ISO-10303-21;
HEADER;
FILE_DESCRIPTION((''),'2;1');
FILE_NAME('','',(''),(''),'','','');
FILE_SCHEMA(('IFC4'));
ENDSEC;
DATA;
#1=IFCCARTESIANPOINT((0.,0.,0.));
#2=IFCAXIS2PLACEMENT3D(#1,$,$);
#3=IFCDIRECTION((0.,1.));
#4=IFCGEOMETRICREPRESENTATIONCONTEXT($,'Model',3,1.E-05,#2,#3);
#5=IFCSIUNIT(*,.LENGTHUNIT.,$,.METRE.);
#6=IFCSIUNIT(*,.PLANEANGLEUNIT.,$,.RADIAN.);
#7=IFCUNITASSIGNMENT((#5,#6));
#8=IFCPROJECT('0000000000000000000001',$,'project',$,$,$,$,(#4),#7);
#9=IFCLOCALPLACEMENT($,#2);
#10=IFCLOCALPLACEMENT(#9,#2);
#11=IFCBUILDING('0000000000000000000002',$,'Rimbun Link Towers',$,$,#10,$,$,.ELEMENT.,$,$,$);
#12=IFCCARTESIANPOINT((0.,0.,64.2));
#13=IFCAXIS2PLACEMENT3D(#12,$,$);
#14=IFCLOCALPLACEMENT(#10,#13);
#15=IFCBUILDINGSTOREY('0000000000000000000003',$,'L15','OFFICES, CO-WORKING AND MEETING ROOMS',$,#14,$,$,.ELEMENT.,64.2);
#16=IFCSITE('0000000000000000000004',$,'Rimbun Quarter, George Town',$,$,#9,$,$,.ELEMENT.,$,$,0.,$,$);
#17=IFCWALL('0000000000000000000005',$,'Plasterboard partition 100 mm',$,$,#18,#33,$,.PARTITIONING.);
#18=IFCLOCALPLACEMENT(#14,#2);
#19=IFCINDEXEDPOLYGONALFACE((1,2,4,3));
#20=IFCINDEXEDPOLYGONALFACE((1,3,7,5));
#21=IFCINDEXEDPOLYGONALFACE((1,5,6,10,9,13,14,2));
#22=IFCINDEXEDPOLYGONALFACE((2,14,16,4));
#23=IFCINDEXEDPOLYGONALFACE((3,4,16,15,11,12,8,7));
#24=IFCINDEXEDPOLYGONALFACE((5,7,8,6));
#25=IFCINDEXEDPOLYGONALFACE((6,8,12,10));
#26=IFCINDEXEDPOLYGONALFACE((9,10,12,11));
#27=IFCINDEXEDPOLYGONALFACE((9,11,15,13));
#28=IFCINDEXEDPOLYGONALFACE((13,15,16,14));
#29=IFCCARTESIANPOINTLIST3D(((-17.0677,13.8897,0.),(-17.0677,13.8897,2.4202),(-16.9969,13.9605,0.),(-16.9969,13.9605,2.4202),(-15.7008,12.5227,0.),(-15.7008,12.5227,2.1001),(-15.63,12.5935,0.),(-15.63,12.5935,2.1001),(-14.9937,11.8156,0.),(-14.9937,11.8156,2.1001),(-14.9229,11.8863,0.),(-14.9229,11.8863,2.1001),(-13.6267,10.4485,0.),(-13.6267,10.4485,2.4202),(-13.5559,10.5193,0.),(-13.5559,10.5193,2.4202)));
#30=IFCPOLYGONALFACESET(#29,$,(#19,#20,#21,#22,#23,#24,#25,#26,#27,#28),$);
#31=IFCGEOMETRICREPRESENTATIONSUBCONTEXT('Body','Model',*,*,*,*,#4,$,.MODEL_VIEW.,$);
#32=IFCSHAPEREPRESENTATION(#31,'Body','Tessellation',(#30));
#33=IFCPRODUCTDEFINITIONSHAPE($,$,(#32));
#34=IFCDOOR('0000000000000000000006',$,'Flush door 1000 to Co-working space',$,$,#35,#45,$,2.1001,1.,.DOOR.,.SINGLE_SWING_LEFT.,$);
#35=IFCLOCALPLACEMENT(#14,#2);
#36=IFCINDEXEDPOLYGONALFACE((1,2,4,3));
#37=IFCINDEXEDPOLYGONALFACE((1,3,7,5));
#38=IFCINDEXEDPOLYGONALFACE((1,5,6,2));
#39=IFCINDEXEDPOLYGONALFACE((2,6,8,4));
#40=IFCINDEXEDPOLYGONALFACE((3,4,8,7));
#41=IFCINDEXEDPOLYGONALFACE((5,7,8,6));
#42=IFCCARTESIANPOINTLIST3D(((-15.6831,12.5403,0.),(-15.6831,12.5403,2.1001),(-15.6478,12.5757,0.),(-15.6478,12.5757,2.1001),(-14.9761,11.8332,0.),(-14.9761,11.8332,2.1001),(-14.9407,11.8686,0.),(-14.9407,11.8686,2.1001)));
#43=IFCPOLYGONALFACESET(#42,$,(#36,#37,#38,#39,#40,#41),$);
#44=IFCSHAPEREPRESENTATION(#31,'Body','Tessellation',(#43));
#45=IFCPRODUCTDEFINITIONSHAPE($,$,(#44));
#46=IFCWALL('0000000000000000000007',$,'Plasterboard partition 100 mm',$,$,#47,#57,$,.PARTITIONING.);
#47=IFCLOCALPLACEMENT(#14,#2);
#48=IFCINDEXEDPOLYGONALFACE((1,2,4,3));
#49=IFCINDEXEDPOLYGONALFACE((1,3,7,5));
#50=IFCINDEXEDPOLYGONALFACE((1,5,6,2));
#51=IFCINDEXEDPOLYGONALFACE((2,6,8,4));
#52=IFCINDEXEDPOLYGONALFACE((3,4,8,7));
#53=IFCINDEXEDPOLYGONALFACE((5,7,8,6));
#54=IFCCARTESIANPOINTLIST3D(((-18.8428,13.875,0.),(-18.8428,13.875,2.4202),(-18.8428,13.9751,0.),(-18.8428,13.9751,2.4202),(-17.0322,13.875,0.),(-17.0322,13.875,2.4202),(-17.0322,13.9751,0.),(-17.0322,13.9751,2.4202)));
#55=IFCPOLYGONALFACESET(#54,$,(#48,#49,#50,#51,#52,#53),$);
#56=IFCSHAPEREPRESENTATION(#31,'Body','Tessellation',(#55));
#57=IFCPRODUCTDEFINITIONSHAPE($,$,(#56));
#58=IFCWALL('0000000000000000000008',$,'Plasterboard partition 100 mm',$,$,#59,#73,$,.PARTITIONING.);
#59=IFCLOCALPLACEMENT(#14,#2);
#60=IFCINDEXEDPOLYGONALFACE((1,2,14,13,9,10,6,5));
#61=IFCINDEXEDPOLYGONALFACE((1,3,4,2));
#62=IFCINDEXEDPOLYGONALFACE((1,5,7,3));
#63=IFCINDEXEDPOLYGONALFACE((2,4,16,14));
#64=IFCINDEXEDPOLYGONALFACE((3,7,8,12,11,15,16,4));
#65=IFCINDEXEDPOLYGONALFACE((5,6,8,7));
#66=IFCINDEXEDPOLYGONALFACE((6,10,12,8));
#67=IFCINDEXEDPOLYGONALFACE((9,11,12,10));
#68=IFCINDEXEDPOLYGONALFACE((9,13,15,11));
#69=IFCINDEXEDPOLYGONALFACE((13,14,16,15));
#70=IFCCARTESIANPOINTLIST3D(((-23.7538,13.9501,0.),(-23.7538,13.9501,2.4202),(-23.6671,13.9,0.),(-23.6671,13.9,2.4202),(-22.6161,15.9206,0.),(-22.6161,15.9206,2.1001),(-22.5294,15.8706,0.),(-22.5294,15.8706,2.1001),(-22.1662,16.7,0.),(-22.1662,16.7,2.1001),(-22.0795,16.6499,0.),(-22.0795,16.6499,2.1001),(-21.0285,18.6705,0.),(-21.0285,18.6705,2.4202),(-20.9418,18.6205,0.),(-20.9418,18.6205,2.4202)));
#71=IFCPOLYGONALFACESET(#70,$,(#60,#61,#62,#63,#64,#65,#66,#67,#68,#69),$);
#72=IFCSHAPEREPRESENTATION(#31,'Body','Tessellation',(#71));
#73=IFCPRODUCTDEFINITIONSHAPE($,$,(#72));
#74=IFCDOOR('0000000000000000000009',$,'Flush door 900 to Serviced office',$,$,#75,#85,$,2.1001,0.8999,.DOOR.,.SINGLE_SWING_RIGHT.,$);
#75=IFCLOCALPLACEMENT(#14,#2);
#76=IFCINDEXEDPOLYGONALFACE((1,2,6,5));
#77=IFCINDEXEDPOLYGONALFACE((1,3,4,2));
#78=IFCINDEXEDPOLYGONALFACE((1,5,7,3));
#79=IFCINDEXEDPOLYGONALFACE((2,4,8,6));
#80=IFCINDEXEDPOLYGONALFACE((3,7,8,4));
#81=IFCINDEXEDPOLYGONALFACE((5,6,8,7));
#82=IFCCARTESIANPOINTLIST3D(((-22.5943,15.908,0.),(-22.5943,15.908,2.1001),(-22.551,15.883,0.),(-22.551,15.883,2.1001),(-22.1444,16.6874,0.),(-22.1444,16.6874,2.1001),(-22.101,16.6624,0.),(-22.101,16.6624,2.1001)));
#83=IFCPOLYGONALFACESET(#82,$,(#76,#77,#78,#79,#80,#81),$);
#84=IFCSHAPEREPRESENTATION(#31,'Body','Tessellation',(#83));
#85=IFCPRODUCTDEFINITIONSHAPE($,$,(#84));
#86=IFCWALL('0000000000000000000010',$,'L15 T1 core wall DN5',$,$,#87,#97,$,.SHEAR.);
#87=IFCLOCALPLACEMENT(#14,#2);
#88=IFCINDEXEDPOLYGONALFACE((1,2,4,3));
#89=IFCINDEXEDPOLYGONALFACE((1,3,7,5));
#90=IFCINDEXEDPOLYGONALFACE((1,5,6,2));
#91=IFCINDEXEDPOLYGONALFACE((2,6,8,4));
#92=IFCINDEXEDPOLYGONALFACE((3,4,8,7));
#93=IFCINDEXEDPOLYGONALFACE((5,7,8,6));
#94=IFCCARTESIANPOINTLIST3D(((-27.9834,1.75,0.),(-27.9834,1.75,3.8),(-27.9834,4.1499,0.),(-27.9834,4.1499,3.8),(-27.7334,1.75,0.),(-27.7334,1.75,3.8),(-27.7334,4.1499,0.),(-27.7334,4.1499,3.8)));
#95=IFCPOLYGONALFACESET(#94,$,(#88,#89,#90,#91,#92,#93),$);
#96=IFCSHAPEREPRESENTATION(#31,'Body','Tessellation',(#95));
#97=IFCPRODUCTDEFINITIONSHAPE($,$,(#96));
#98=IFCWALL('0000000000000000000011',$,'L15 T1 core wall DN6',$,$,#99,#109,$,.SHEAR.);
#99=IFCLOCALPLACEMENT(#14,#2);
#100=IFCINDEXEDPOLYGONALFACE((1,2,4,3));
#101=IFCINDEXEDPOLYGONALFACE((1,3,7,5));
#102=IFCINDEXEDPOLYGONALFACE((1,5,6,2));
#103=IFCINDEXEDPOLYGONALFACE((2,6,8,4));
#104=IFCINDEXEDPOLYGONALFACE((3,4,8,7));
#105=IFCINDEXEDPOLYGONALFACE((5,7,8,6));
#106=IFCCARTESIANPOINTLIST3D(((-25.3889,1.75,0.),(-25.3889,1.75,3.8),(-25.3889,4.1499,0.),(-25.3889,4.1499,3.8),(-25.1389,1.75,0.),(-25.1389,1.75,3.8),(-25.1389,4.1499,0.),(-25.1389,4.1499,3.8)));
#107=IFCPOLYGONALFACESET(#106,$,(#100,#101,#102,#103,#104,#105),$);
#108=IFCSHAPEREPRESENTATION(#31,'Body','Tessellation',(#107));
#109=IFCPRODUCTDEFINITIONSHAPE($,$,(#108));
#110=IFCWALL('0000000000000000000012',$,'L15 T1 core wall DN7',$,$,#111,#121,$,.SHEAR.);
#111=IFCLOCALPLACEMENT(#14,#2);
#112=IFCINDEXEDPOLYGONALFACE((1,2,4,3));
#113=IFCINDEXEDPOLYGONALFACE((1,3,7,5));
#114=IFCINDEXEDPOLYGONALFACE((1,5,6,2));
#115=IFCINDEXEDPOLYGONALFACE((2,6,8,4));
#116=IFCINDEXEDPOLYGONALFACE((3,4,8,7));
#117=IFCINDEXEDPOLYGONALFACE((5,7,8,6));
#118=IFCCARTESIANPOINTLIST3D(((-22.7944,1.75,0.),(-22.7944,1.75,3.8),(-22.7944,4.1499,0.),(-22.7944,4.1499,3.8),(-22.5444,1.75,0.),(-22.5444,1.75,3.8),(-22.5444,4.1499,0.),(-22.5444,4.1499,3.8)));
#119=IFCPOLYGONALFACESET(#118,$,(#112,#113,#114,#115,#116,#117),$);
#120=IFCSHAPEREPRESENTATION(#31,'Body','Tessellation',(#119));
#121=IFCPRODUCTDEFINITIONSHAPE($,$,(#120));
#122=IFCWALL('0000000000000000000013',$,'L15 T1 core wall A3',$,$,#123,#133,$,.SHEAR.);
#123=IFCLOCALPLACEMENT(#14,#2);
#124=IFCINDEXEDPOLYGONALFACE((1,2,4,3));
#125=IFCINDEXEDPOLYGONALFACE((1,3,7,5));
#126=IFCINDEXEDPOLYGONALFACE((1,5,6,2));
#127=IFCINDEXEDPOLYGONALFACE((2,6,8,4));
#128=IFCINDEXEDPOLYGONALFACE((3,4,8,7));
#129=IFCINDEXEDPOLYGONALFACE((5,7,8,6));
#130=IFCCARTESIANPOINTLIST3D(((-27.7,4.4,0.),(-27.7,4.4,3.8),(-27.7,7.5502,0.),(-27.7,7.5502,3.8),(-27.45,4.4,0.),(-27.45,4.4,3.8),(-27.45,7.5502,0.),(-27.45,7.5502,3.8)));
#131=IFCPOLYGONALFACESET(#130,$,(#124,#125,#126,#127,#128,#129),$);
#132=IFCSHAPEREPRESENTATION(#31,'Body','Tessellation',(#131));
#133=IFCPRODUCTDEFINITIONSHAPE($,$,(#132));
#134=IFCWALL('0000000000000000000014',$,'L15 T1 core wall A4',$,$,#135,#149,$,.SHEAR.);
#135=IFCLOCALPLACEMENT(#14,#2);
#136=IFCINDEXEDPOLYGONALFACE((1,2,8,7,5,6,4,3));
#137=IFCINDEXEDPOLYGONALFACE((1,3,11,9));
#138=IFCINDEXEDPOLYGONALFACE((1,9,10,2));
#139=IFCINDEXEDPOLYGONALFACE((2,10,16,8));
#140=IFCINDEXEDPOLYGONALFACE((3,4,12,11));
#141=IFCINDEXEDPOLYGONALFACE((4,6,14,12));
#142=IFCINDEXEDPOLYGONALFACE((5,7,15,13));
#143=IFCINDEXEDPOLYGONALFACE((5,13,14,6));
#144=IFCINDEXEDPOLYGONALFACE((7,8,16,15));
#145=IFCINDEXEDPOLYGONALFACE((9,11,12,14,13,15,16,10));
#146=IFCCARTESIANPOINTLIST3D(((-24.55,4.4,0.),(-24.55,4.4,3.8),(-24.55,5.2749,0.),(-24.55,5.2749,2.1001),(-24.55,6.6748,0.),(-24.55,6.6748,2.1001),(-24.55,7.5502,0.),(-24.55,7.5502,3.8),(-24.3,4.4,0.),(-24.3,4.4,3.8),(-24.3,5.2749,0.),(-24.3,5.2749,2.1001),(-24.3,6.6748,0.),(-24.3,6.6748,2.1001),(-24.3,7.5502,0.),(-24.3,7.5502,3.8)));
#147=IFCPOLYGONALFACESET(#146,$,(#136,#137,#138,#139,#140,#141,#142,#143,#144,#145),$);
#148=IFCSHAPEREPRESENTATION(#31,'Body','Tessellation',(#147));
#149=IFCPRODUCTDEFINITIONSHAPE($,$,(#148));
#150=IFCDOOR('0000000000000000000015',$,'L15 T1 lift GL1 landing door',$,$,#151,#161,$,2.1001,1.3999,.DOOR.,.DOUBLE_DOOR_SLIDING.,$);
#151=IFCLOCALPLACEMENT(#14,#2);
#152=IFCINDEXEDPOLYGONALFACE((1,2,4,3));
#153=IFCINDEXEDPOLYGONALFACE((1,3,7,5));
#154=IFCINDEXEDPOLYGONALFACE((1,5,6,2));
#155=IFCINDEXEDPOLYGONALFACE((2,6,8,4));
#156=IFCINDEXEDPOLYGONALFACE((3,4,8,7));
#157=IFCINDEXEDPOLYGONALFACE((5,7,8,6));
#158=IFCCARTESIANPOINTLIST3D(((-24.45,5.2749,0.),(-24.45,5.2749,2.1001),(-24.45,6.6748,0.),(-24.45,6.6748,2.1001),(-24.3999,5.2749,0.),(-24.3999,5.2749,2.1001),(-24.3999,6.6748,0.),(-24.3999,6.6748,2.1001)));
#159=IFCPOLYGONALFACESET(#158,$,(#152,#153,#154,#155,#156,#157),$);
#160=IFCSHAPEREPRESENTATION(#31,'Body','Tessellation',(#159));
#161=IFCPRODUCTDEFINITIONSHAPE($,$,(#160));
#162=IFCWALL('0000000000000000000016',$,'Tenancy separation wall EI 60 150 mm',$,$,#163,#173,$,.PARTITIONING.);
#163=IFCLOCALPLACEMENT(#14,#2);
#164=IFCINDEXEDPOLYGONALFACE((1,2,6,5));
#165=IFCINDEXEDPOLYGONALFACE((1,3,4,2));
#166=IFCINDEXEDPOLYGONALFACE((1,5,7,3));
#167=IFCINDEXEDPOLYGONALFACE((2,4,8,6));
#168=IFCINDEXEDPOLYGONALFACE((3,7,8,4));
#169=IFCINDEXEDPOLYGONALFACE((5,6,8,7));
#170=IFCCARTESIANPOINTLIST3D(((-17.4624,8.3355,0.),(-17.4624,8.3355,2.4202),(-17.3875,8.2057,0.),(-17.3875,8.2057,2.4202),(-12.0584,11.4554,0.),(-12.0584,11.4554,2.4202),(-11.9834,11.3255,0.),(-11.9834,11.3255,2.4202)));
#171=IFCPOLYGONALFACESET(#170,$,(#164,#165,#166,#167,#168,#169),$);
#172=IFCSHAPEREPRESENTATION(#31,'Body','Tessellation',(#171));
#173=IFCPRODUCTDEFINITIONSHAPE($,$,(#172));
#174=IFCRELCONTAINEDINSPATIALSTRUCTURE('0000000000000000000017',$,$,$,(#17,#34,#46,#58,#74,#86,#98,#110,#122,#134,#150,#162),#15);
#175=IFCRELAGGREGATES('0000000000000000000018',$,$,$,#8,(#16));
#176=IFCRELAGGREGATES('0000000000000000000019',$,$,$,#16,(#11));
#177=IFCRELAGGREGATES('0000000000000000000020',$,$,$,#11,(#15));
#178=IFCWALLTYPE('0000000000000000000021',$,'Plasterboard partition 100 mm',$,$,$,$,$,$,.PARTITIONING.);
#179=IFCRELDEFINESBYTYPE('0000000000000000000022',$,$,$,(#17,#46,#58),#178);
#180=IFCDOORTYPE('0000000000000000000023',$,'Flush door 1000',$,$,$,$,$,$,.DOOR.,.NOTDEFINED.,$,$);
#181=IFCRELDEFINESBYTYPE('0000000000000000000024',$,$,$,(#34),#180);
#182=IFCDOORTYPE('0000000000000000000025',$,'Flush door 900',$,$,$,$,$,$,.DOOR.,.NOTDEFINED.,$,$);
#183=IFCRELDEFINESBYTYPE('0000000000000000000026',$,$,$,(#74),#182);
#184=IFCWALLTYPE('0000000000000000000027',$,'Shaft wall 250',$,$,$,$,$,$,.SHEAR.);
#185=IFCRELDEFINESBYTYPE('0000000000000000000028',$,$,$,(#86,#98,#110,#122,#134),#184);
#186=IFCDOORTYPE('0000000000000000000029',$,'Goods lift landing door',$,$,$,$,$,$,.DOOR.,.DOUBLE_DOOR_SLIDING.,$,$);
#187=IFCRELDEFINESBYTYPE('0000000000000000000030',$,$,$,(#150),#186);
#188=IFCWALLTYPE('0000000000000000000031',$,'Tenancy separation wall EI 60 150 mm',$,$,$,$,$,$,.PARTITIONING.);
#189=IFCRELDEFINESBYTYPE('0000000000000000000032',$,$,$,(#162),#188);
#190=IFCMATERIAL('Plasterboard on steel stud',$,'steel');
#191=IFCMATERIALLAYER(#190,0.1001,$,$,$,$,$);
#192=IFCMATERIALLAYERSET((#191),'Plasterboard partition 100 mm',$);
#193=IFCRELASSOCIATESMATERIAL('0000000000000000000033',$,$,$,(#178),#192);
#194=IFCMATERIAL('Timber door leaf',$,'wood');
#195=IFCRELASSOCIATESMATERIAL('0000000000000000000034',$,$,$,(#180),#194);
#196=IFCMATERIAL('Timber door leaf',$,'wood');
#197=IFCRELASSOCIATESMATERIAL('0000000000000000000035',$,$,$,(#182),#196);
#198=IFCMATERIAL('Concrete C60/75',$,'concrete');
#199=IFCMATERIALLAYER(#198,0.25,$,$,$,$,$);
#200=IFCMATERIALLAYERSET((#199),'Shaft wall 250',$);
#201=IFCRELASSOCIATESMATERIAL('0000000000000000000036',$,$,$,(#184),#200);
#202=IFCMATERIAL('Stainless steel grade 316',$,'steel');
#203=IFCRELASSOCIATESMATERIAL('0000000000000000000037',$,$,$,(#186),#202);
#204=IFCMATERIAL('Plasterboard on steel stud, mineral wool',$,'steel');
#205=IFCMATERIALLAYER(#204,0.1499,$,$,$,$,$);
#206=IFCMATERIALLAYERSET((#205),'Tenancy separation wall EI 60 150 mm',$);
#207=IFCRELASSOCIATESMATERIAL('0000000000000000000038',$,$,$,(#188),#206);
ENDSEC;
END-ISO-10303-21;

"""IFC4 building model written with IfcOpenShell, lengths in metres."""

from ifc_helpers import new_model, si_unit, direction, frame, frame_2d, origin, place, context, subcontext, project, spatial, rectangle, extrude, material, layer, layer_set, type_object, element, fill, save


model = new_model("IFC4")

# Units and contexts
model_context = context("Model", 3, precision=1e-05, world=origin(), true_north=direction((0.0, 1.0)))
body_context = subcontext(model_context, "Body", "Model", "MODEL_VIEW")
ifc_project = project(units=[si_unit("LENGTHUNIT", "METRE"), si_unit("PLANEANGLEUNIT", "RADIAN")], contexts=[model_context])

# Site, building, storey
site_placement = place(None, origin())
site = spatial("IfcSite", under=ifc_project, at=site_placement, Name="Rimbun Quarter, George Town", CompositionType="ELEMENT", RefElevation=0.0)
building_placement = place(site_placement, origin())
building = spatial("IfcBuilding", under=site, at=building_placement, Name="Rimbun Link Towers", CompositionType="ELEMENT")
storey_placement = place(building_placement, frame((0.0, 0.0, 64.2)))
storey = spatial("IfcBuildingStorey", under=building, at=storey_placement, Name="L15", Description="OFFICES, CO-WORKING AND MEETING ROOMS", CompositionType="ELEMENT", Elevation=64.2)

# Wall, opening, door
ifc_material_1 = material(Name="Plasterboard on steel stud", Category="steel")
ifc_layer_1 = layer(ifc_material_1, 0.1001)
ifc_layer_set_1 = layer_set([ifc_layer_1], Name="Plasterboard partition 100 mm")
wall_type_1 = type_object("IfcWallType", Name="Plasterboard partition 100 mm", PredefinedType="PARTITIONING", material=ifc_layer_set_1)
wall_1_placement = place(storey_placement, frame((-17.0322, 13.925, 0.0), z_axis=(0.0, 0.0, 1.0), x_axis=(0.707082, -0.707132, 0.0)))
wall_1 = element("IfcWall", 1, at=wall_1_placement, inside=storey, type_object=wall_type_1, Name="Plasterboard partition 100 mm", PredefinedType="PARTITIONING", context=body_context, shape_type="SweptSolid", body=[
    extrude(rectangle(XDim=4.8665, YDim=0.1001, at=frame_2d((2.4331, 0.0))), origin(), (0.0, 0.0, 1.0), 2.4202),
])
opening_1_placement = place(wall_1_placement, frame((1.9331, 0.0, 0.0)))
opening_1 = element("IfcOpeningElement", 2, at=opening_1_placement, cuts=wall_1, PredefinedType="OPENING", context=body_context, shape_type="SweptSolid", body=[
    extrude(rectangle(XDim=1.0, YDim=2.1001, at=frame_2d((0.5, 1.05))), frame((0.0, 0.0601, 0.0), z_axis=(0.0, -1.0, 0.0), x_axis=(1.0, 0.0, 0.0)), (0.0, 0.0, 1.0), 0.1201),
])
ifc_material_2 = material(Name="Timber door leaf", Category="wood")
door_type_1 = type_object("IfcDoorType", Name="Flush door 1000", OperationType="NOTDEFINED", PredefinedType="DOOR", material=ifc_material_2)
door_1_placement = place(opening_1_placement, origin())
door_1 = element("IfcDoor", 3, at=door_1_placement, inside=storey, type_object=door_type_1, Name="Flush door 1000 to Co-working space", OperationType="SINGLE_SWING_LEFT", OverallHeight=2.1001, OverallWidth=1.0, PredefinedType="DOOR", context=body_context, shape_type="SweptSolid", body=[
    extrude(rectangle(XDim=1.0, YDim=2.1001, at=frame_2d((0.5, 1.05))), frame((0.0, 0.0249, 0.0), z_axis=(0.0, -1.0, 0.0), x_axis=(1.0, 0.0, 0.0)), (0.0, 0.0, 1.0), 0.05),
])
fill(opening_1, door_1)

# Wall
wall_2_placement = place(storey_placement, frame((-17.0322, 13.925, 0.0), z_axis=(0.0, 0.0, 1.0), x_axis=(-1.0, 0.0, 0.0)))
element("IfcWall", 4, at=wall_2_placement, inside=storey, type_object=wall_type_1, Name="Plasterboard partition 100 mm", PredefinedType="PARTITIONING", context=body_context, shape_type="SweptSolid", body=[
    extrude(rectangle(XDim=1.8105, YDim=0.1001, at=frame_2d((0.9053, 0.0))), origin(), (0.0, 0.0, 1.0), 2.4202),
])

# Wall, opening, door
wall_3_placement = place(storey_placement, frame((-23.7104, 13.925, 0.0), z_axis=(0.0, 0.0, 1.0), x_axis=(0.499998, 0.866027, 0.0)))
wall_3 = element("IfcWall", 5, at=wall_3_placement, inside=storey, type_object=wall_type_1, Name="Plasterboard partition 100 mm", PredefinedType="PARTITIONING", context=body_context, shape_type="SweptSolid", body=[
    extrude(rectangle(XDim=5.4507, YDim=0.1001, at=frame_2d((2.7253, 0.0))), origin(), (0.0, 0.0, 1.0), 2.4202),
])
opening_2_placement = place(wall_3_placement, frame((2.2754, 0.0, 0.0)))
opening_2 = element("IfcOpeningElement", 6, at=opening_2_placement, cuts=wall_3, PredefinedType="OPENING", context=body_context, shape_type="SweptSolid", body=[
    extrude(rectangle(XDim=0.8999, YDim=2.1001, at=frame_2d((0.45, 1.05))), frame((0.0, 0.0601, 0.0), z_axis=(0.0, -1.0, 0.0), x_axis=(1.0, 0.0, 0.0)), (0.0, 0.0, 1.0), 0.1201),
])
ifc_material_3 = material(Name="Timber door leaf", Category="wood")
door_type_2 = type_object("IfcDoorType", Name="Flush door 900", OperationType="NOTDEFINED", PredefinedType="DOOR", material=ifc_material_3)
door_2_placement = place(opening_2_placement, origin())
door_2 = element("IfcDoor", 7, at=door_2_placement, inside=storey, type_object=door_type_2, Name="Flush door 900 to Serviced office", OperationType="SINGLE_SWING_RIGHT", OverallHeight=2.1001, OverallWidth=0.8999, PredefinedType="DOOR", context=body_context, shape_type="SweptSolid", body=[
    extrude(rectangle(XDim=0.8999, YDim=2.1001, at=frame_2d((0.45, 1.05))), frame((0.0, 0.0249, 0.0), z_axis=(0.0, -1.0, 0.0), x_axis=(1.0, 0.0, 0.0)), (0.0, 0.0, 1.0), 0.05),
])
fill(opening_2, door_2)

# Walls
ifc_material_4 = material(Name="Concrete C60/75", Category="concrete")
ifc_layer_2 = layer(ifc_material_4, 0.25)
ifc_layer_set_2 = layer_set([ifc_layer_2], Name="Shaft wall 250")
wall_type_2 = type_object("IfcWallType", Name="Shaft wall 250", PredefinedType="SHEAR", material=ifc_layer_set_2)
for number, where, z_axis, x_axis, name in (
    (8, (-27.8584, 1.75, 0.0), (0.0, 0.0, 1.0), (0.0, 1.0, 0.0), "L15 T1 core wall DN5"),
    (9, (-25.2639, 1.75, 0.0), (0.0, 0.0, 1.0), (0.0, 1.0, 0.0), "L15 T1 core wall DN6"),
    (10, (-22.6694, 1.75, 0.0), (0.0, 0.0, 1.0), (0.0, 1.0, 0.0), "L15 T1 core wall DN7"),
):
    element("IfcWall", number, at=place(storey_placement, frame(where, z_axis=z_axis, x_axis=x_axis)), inside=storey, type_object=wall_type_2, Name=name, PredefinedType="SHEAR", context=body_context, shape_type="SweptSolid", body=[
        extrude(rectangle(XDim=2.3999, YDim=0.25, at=frame_2d((1.2, 0.0))), origin(), (0.0, 0.0, 1.0), 3.8),
    ])
wall_4_placement = place(storey_placement, frame((-27.575, 4.3999, 0.0), z_axis=(0.0, 0.0, 1.0), x_axis=(0.0, 1.0, 0.0)))
element("IfcWall", 11, at=wall_4_placement, inside=storey, type_object=wall_type_2, Name="L15 T1 core wall A3", PredefinedType="SHEAR", context=body_context, shape_type="SweptSolid", body=[
    extrude(rectangle(XDim=3.1501, YDim=0.25, at=frame_2d((1.5752, 0.0))), origin(), (0.0, 0.0, 1.0), 3.8),
])

# Wall, opening, door
wall_5_placement = place(storey_placement, frame((-24.425, 4.3999, 0.0), z_axis=(0.0, 0.0, 1.0), x_axis=(0.0, 1.0, 0.0)))
wall_5 = element("IfcWall", 12, at=wall_5_placement, inside=storey, type_object=wall_type_2, Name="L15 T1 core wall A4", PredefinedType="SHEAR", context=body_context, shape_type="SweptSolid", body=[
    extrude(rectangle(XDim=3.1501, YDim=0.25, at=frame_2d((1.5752, 0.0))), origin(), (0.0, 0.0, 1.0), 3.8),
])
opening_3_placement = place(wall_5_placement, frame((0.875, 0.0, 0.0)))
opening_3 = element("IfcOpeningElement", 13, at=opening_3_placement, cuts=wall_5, PredefinedType="OPENING", context=body_context, shape_type="SweptSolid", body=[
    extrude(rectangle(XDim=1.3999, YDim=2.1001, at=frame_2d((0.7, 1.05))), frame((0.0, 0.135, 0.0), z_axis=(0.0, -1.0, 0.0), x_axis=(1.0, 0.0, 0.0)), (0.0, 0.0, 1.0), 0.27),
])
ifc_material_5 = material(Name="Stainless steel grade 316", Category="steel")
door_type_3 = type_object("IfcDoorType", Name="Goods lift landing door", OperationType="DOUBLE_DOOR_SLIDING", PredefinedType="DOOR", material=ifc_material_5)
door_3_placement = place(opening_3_placement, origin())
door_3 = element("IfcDoor", 14, at=door_3_placement, inside=storey, type_object=door_type_3, Name="L15 T1 lift GL1 landing door", OperationType="DOUBLE_DOOR_SLIDING", OverallHeight=2.1001, OverallWidth=1.3999, PredefinedType="DOOR", context=body_context, shape_type="SweptSolid", body=[
    extrude(rectangle(XDim=1.3999, YDim=2.1001, at=frame_2d((0.7, 1.05))), frame((0.0, 0.0249, 0.0), z_axis=(0.0, -1.0, 0.0), x_axis=(1.0, 0.0, 0.0)), (0.0, 0.0, 1.0), 0.05),
])
fill(opening_3, door_3)

# Wall
ifc_material_6 = material(Name="Plasterboard on steel stud, mineral wool", Category="steel")
ifc_layer_3 = layer(ifc_material_6, 0.1499)
ifc_layer_set_3 = layer_set([ifc_layer_3], Name="Tenancy separation wall EI 60 150 mm")
wall_type_3 = type_object("IfcWallType", Name="Tenancy separation wall EI 60 150 mm", PredefinedType="PARTITIONING", material=ifc_layer_set_3)
wall_6_placement = place(storey_placement, frame((-17.425, 8.2705, 0.0), z_axis=(0.0, 0.0, 1.0), x_axis=(0.866036, 0.499981, 0.0)))
element("IfcWall", 15, at=wall_6_placement, inside=storey, type_object=wall_type_3, Name="Tenancy separation wall EI 60 150 mm", PredefinedType="PARTITIONING", context=body_context, shape_type="SweptSolid", body=[
    extrude(rectangle(XDim=6.24, YDim=0.1499, at=frame_2d((3.1201, 0.0))), origin(), (0.0, 0.0, 1.0), 2.4202),
])

save(model, "model.ifc")
